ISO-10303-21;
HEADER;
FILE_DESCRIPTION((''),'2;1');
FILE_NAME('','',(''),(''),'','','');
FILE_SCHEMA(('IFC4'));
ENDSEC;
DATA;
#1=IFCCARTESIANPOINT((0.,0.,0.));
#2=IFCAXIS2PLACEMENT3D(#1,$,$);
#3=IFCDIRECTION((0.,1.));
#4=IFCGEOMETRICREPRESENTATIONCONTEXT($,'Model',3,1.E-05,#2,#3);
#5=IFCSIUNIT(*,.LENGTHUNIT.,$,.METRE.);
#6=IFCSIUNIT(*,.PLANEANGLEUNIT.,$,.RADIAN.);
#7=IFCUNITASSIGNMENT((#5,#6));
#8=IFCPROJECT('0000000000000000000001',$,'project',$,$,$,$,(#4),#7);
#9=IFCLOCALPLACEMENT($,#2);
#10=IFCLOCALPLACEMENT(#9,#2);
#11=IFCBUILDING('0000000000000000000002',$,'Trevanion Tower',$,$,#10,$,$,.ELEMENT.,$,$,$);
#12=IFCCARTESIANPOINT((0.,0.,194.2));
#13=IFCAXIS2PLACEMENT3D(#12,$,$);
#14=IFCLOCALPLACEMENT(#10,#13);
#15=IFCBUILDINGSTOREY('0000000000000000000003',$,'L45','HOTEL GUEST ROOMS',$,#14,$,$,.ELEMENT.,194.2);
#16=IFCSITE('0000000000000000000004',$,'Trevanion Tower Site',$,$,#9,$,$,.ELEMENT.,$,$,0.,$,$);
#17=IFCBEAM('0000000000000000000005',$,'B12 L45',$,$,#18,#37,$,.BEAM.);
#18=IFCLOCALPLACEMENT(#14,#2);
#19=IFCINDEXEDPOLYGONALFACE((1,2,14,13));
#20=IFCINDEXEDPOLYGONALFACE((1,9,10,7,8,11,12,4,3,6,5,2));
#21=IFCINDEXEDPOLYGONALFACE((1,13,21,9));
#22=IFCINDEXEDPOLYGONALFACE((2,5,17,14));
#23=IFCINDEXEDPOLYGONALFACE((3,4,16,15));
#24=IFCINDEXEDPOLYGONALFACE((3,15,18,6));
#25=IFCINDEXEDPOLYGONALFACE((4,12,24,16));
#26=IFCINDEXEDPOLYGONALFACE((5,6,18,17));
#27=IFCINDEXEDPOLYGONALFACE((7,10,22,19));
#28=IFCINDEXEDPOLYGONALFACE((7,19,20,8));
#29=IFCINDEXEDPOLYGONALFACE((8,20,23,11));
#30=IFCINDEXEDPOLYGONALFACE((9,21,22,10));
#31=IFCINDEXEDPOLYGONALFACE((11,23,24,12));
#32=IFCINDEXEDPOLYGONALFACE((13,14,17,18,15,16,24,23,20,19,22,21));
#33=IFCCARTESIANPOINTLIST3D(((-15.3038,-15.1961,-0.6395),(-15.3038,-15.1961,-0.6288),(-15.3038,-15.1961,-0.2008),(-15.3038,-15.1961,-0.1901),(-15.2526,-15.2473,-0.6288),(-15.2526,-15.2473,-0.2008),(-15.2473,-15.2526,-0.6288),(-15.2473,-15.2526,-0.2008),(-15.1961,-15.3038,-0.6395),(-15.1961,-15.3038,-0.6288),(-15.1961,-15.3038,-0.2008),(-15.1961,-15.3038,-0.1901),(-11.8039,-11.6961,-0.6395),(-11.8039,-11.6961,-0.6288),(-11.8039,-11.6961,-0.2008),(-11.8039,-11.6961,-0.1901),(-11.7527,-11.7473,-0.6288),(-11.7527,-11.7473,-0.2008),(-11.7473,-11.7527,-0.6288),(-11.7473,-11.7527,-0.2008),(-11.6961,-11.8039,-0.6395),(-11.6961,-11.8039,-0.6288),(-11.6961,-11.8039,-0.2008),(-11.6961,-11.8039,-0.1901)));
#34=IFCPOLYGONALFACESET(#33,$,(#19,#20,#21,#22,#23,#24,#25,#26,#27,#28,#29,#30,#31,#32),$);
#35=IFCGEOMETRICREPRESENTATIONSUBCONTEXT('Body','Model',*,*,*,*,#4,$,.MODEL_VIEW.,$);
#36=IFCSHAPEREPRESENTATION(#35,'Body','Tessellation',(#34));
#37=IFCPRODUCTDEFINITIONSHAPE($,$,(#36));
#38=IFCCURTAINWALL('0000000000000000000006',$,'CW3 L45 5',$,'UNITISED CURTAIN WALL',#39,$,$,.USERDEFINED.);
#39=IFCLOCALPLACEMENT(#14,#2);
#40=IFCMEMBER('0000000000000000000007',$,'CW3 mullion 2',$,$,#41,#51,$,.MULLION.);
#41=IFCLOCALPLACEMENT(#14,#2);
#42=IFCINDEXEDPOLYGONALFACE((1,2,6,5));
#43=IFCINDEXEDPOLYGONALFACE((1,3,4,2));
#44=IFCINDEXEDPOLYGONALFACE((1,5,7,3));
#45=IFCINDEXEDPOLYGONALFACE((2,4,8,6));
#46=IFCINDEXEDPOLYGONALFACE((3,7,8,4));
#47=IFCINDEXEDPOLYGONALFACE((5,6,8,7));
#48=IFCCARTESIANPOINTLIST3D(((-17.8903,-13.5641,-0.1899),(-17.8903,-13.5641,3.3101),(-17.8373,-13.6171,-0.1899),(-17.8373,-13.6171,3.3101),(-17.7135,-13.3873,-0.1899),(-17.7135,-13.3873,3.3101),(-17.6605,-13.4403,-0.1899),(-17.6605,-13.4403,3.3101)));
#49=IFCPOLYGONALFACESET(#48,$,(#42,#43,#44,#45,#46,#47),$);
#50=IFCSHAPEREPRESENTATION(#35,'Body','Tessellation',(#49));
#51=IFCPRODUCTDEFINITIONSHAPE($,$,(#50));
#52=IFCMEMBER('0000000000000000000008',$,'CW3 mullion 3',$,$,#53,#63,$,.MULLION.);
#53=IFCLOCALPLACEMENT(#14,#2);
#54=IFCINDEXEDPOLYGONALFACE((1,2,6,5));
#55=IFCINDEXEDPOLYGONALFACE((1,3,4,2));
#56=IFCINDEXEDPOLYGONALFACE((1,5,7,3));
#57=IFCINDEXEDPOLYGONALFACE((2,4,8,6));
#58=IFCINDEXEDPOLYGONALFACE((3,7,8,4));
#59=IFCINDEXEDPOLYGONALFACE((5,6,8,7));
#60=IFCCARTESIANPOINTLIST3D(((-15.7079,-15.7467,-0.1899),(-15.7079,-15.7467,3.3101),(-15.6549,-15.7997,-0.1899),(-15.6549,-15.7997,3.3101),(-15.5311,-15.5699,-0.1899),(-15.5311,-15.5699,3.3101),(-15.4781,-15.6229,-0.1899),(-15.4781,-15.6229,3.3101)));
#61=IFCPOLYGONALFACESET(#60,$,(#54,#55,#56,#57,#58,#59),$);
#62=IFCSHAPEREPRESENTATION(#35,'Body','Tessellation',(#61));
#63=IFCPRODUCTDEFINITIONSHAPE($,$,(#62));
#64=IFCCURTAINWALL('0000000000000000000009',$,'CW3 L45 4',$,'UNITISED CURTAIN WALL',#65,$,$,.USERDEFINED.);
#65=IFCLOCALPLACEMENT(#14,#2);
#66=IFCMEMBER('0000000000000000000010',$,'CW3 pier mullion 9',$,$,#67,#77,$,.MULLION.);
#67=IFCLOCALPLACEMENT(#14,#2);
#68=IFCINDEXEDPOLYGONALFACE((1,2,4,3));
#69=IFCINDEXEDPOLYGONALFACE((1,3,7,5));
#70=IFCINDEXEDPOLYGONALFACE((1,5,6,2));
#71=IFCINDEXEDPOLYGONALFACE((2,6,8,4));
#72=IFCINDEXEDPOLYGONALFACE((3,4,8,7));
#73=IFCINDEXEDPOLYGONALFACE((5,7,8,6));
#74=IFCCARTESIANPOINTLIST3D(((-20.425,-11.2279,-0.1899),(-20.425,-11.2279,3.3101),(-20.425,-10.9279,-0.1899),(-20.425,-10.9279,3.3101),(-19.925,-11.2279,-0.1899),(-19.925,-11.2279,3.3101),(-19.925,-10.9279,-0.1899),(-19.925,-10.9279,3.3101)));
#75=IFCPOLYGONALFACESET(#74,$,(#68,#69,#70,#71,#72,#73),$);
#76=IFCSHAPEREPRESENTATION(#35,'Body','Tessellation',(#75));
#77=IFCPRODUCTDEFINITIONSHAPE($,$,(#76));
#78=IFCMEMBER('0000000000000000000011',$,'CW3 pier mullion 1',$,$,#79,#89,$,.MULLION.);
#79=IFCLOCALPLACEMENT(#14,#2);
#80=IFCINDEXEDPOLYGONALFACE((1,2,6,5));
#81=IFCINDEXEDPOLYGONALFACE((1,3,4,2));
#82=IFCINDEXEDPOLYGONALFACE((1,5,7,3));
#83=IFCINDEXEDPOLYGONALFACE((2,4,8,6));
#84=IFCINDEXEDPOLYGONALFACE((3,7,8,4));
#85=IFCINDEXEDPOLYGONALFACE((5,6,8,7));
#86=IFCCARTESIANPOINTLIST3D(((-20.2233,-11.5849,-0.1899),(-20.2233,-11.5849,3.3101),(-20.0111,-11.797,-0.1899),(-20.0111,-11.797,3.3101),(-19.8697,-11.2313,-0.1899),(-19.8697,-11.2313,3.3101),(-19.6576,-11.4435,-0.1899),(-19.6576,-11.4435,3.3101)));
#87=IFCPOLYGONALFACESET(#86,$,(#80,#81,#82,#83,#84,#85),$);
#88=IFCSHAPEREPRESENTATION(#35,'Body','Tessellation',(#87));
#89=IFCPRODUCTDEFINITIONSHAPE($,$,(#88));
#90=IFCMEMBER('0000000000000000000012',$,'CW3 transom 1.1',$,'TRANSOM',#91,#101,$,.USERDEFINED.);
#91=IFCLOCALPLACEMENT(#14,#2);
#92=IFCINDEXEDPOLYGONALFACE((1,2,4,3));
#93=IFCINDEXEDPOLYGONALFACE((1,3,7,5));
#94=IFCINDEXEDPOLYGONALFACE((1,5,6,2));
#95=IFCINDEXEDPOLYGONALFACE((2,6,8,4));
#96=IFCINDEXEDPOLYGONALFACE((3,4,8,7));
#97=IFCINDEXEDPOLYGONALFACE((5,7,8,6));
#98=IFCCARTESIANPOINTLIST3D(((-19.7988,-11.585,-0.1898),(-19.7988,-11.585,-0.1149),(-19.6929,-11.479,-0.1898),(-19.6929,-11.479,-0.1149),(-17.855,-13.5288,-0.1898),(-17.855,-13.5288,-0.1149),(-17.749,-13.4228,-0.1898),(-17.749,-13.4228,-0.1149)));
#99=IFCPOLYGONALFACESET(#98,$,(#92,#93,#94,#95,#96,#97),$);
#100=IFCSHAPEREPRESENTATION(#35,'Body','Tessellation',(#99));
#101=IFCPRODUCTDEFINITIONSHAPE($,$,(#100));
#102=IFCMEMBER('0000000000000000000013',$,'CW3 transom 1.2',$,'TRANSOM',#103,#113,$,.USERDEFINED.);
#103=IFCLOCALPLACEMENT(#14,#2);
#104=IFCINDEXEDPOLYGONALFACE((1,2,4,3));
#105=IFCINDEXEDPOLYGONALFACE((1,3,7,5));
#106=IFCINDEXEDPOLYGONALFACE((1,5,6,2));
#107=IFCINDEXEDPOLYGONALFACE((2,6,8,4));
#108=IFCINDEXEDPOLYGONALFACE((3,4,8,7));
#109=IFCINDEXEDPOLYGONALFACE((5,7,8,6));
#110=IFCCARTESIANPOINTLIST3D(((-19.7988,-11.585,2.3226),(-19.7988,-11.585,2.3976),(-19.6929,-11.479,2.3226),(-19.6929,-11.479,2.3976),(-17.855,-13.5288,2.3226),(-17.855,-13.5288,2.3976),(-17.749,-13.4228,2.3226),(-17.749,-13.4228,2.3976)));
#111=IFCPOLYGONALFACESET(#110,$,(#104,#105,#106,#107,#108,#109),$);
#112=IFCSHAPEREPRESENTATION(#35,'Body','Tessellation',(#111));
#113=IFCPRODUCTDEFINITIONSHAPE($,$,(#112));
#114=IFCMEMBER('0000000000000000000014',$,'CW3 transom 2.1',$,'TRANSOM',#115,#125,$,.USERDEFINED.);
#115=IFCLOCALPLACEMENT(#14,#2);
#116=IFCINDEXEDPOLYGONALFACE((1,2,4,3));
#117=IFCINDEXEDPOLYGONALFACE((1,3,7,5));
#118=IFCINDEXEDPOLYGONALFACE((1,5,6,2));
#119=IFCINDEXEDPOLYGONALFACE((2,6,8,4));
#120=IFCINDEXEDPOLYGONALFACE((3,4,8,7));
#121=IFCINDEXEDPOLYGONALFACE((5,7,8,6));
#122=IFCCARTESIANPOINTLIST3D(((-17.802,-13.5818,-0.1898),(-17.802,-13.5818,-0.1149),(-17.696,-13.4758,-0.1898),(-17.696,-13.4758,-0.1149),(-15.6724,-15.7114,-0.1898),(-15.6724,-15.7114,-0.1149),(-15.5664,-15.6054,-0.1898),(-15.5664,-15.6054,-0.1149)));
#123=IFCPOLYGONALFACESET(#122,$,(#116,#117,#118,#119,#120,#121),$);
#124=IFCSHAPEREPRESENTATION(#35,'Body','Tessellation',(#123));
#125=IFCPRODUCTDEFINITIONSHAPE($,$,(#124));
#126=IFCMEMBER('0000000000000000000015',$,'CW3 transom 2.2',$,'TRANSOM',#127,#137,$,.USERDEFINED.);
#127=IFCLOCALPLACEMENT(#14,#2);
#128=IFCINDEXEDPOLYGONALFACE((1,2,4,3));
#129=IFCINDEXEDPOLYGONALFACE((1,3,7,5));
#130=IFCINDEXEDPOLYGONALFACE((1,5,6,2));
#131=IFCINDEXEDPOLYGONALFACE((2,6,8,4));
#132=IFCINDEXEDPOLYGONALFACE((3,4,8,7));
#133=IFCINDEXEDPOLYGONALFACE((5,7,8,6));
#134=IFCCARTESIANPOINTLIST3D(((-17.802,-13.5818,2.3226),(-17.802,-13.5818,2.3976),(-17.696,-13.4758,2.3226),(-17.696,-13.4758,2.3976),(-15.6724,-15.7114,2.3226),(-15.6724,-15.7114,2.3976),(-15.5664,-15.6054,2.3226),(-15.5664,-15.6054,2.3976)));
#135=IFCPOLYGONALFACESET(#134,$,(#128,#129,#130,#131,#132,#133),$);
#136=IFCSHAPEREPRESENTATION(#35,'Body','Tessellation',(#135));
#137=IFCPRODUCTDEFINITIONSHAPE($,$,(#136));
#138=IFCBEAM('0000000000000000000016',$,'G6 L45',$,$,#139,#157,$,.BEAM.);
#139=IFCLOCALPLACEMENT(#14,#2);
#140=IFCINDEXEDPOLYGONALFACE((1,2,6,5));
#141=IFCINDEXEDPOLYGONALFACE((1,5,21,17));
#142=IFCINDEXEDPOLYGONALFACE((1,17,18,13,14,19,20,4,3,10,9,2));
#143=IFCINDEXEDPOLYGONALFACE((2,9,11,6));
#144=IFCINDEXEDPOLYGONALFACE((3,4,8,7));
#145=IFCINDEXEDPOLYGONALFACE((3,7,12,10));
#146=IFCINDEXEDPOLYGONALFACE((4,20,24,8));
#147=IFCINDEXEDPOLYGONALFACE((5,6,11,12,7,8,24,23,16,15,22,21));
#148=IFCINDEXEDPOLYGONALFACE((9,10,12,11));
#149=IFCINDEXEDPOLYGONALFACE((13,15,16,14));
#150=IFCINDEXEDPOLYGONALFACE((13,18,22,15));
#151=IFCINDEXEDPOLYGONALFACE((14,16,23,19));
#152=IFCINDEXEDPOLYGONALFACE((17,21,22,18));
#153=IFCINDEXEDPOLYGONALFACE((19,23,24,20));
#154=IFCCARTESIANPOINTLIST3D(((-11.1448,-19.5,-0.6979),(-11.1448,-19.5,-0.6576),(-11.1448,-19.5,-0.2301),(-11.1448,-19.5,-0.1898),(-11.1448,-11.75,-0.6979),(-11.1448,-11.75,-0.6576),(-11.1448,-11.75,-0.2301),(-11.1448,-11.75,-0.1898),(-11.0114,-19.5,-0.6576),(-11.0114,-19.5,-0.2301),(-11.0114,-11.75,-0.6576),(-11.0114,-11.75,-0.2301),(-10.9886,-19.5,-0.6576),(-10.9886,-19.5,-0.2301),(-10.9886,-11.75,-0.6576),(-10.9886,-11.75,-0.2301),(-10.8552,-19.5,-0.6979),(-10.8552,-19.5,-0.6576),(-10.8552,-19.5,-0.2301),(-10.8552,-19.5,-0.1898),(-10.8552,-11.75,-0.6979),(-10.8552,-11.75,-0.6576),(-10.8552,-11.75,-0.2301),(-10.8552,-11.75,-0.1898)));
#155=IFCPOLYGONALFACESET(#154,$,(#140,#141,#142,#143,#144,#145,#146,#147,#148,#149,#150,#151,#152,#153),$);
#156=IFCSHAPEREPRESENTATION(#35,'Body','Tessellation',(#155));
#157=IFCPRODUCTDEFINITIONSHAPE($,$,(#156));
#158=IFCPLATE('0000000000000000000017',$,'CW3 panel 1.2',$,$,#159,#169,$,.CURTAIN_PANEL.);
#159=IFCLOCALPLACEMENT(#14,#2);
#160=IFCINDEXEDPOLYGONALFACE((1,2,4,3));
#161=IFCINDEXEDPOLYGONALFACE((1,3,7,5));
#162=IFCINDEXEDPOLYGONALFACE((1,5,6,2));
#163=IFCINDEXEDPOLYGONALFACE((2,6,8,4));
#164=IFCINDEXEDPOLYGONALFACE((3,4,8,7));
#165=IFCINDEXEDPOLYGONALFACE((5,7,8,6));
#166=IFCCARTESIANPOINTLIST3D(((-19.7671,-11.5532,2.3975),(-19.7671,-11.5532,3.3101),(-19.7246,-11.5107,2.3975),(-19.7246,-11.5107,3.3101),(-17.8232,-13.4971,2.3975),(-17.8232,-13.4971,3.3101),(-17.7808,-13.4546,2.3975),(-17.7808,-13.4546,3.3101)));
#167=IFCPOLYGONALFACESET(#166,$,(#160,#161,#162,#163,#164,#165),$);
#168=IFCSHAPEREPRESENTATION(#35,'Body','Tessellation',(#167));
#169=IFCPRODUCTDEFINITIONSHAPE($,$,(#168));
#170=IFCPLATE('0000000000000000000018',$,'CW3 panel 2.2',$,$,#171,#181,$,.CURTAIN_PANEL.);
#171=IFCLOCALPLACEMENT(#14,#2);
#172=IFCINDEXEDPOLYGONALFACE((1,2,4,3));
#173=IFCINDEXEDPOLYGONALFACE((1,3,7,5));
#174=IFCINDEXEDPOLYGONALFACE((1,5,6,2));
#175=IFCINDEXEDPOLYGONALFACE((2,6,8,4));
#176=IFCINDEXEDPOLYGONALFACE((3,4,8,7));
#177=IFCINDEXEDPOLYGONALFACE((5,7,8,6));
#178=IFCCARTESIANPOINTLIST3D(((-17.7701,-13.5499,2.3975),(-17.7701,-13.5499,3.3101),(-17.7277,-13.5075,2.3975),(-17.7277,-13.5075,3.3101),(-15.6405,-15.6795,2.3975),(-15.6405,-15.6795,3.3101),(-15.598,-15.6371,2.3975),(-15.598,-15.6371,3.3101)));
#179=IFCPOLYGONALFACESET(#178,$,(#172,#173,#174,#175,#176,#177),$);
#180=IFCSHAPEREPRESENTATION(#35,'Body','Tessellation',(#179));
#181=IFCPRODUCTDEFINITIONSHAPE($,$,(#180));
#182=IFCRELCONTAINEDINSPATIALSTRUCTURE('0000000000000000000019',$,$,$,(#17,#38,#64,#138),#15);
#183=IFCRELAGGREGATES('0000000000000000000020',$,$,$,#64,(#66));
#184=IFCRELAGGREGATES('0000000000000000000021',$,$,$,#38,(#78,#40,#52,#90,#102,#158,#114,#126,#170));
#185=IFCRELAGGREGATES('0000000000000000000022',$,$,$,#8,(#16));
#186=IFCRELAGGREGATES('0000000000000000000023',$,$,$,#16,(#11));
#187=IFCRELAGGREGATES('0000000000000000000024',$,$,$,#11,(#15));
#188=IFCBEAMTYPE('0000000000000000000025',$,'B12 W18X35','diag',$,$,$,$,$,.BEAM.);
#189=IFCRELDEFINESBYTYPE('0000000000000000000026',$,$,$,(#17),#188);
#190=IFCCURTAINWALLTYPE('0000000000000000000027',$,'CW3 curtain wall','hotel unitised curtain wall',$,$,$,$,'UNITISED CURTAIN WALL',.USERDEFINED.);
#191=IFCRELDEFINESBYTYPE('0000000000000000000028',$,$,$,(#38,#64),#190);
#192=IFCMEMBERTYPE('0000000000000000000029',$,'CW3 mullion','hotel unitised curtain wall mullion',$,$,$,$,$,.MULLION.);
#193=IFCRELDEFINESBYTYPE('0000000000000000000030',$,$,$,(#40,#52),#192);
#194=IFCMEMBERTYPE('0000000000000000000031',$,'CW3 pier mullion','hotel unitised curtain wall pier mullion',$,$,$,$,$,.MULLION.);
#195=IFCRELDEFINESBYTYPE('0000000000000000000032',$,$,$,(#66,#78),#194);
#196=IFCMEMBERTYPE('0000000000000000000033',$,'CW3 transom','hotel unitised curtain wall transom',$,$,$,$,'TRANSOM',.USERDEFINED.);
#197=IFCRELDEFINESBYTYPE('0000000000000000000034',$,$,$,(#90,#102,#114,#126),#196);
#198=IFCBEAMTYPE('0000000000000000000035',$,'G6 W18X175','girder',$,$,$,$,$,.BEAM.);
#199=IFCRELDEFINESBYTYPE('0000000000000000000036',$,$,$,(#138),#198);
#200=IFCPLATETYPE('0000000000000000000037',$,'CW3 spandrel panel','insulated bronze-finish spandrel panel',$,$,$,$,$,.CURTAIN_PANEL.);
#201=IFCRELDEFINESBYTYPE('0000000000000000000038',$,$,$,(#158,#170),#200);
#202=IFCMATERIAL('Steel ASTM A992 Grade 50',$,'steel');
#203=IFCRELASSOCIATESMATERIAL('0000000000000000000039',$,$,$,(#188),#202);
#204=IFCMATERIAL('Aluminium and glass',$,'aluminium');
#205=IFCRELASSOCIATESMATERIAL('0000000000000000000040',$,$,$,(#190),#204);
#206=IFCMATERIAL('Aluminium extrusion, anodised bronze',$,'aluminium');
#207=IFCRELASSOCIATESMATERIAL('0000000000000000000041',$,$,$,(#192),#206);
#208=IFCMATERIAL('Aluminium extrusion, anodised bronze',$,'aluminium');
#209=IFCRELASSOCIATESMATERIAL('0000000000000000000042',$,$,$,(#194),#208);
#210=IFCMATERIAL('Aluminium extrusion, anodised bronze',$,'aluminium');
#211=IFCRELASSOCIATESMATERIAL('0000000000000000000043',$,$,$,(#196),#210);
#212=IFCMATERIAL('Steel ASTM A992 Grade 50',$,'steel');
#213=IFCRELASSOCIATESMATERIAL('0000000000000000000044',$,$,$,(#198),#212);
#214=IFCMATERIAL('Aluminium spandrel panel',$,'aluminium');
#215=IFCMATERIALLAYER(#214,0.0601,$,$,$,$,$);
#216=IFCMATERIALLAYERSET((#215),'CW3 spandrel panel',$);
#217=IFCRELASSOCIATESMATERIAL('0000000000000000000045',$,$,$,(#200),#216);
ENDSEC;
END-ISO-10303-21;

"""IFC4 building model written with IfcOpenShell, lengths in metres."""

from ifc_helpers import new_model, si_unit, direction, frame, origin, origin_2d, place, context, subcontext, project, spatial, rectangle, i_section, extrude, material, layer, layer_set, material_profile, profile_set, type_object, element, aggregate, save


model = new_model("IFC4")

# Units and contexts
model_context = context("Model", 3, precision=1e-05, world=origin(), true_north=direction((0.0, 1.0)))
body_context = subcontext(model_context, "Body", "Model", "MODEL_VIEW")
ifc_project = project(units=[si_unit("LENGTHUNIT", "METRE"), si_unit("PLANEANGLEUNIT", "RADIAN")], contexts=[model_context])

# Site, building, storey
site_placement = place(None, origin())
site = spatial("IfcSite", under=ifc_project, at=site_placement, Name="Trevanion Tower Site", CompositionType="ELEMENT", RefElevation=0.0)
building_placement = place(site_placement, origin())
building = spatial("IfcBuilding", under=site, at=building_placement, Name="Trevanion Tower", CompositionType="ELEMENT")
storey_placement = place(building_placement, frame((0.0, 0.0, 194.2)))
storey = spatial("IfcBuildingStorey", under=building, at=storey_placement, Name="L45", Description="HOTEL GUEST ROOMS", CompositionType="ELEMENT", Elevation=194.2)

# Beam
ifc_material_1 = material(Name="Steel ASTM A992 Grade 50", Category="steel")
ifc_material_profile_1 = material_profile(ifc_material_1, i_section(OverallWidth=0.1523, OverallDepth=0.4495, WebThickness=0.0076, FlangeThickness=0.0107, at=origin_2d()), Name="W18X35")
ifc_profile_set_1 = profile_set([ifc_material_profile_1], Name="Steel ASTM A992 Grade 50")
beam_type_1 = type_object("IfcBeamType", Name="B12 W18X35", Description="diag", PredefinedType="BEAM", material=ifc_profile_set_1)
beam_1_placement = place(storey_placement, frame((-11.75, -11.75, -0.4148), z_axis=(-0.707107, -0.707107, 0.0), x_axis=(0.707107, -0.707107, 0.0)))
element("IfcBeam", 1, at=beam_1_placement, inside=storey, type_object=beam_type_1, Name="B12 L45", PredefinedType="BEAM", context=body_context, shape_type="SweptSolid", body=[
    extrude(i_section(OverallWidth=0.1523, OverallDepth=0.4495, WebThickness=0.0076, FlangeThickness=0.0107, at=origin_2d()), origin(), (0.0, 0.0, 1.0), 4.9497),
])

# Curtain wall, members
ifc_material_2 = material(Name="Aluminium and glass", Category="aluminium")
curtain_wall_type = type_object("IfcCurtainWallType", Name="CW3 curtain wall", Description="hotel unitised curtain wall", ElementType="UNITISED CURTAIN WALL", PredefinedType="USERDEFINED", material=ifc_material_2)
curtain_wall_1_placement = place(storey_placement, origin())
curtain_wall_1 = element("IfcCurtainWall", 2, at=curtain_wall_1_placement, inside=storey, type_object=curtain_wall_type, Name="CW3 L45 5", ObjectType="UNITISED CURTAIN WALL", PredefinedType="USERDEFINED")
ifc_material_3 = material(Name="Aluminium extrusion, anodised bronze", Category="aluminium")
ifc_material_profile_2 = material_profile(ifc_material_3, rectangle(XDim=0.075, YDim=0.25, at=origin_2d()), Name="CW3 mullion")
ifc_profile_set_2 = profile_set([ifc_material_profile_2], Name="Aluminium extrusion, anodised bronze")
member_type_1 = type_object("IfcMemberType", Name="CW3 mullion", Description="hotel unitised curtain wall mullion", PredefinedType="MULLION", material=ifc_profile_set_2)
member_1_placement = place(storey_placement, frame((-17.7754, -13.5022, -0.1899), z_axis=(0.0, 0.0, 1.0), x_axis=(0.707107, -0.707107, 0.0)))
member_1 = element("IfcMember", 3, at=member_1_placement, type_object=member_type_1, Name="CW3 mullion 2", PredefinedType="MULLION", context=body_context, shape_type="SweptSolid", body=[
    extrude(rectangle(XDim=0.075, YDim=0.25, at=origin_2d()), origin(), (0.0, 0.0, 1.0), 3.5),
])
member_2_placement = place(storey_placement, frame((-15.593, -15.6848, -0.1899), z_axis=(0.0, 0.0, 1.0), x_axis=(0.707107, -0.707107, 0.0)))
member_2 = element("IfcMember", 4, at=member_2_placement, type_object=member_type_1, Name="CW3 mullion 3", PredefinedType="MULLION", context=body_context, shape_type="SweptSolid", body=[
    extrude(rectangle(XDim=0.075, YDim=0.25, at=origin_2d()), origin(), (0.0, 0.0, 1.0), 3.5),
])

# Curtain wall, member
curtain_wall_2_placement = place(storey_placement, origin())
curtain_wall_2 = element("IfcCurtainWall", 5, at=curtain_wall_2_placement, inside=storey, type_object=curtain_wall_type, Name="CW3 L45 4", ObjectType="UNITISED CURTAIN WALL", PredefinedType="USERDEFINED")
ifc_material_4 = material(Name="Aluminium extrusion, anodised bronze", Category="aluminium")
ifc_material_profile_3 = material_profile(ifc_material_4, rectangle(XDim=0.3, YDim=0.5, at=origin_2d()), Name="CW3 pier mullion")
ifc_profile_set_3 = profile_set([ifc_material_profile_3], Name="Aluminium extrusion, anodised bronze")
member_type_2 = type_object("IfcMemberType", Name="CW3 pier mullion", Description="hotel unitised curtain wall pier mullion", PredefinedType="MULLION", material=ifc_profile_set_3)
member_3_placement = place(storey_placement, frame((-20.175, -11.0779, -0.1899), z_axis=(0.0, 0.0, 1.0), x_axis=(0.0, -1.0, 0.0)))
member_3 = element("IfcMember", 6, at=member_3_placement, type_object=member_type_2, Name="CW3 pier mullion 9", PredefinedType="MULLION", context=body_context, shape_type="SweptSolid", body=[
    extrude(rectangle(XDim=0.3, YDim=0.5, at=origin_2d()), origin(), (0.0, 0.0, 1.0), 3.5),
])
aggregate(curtain_wall_2, [member_3])

# Members
member_4_placement = place(storey_placement, frame((-19.9404, -11.5142, -0.1899), z_axis=(0.0, 0.0, 1.0), x_axis=(0.707107, -0.707107, 0.0)))
member_4 = element("IfcMember", 7, at=member_4_placement, type_object=member_type_2, Name="CW3 pier mullion 1", PredefinedType="MULLION", context=body_context, shape_type="SweptSolid", body=[
    extrude(rectangle(XDim=0.3, YDim=0.5, at=origin_2d()), origin(), (0.0, 0.0, 1.0), 3.5),
])
ifc_material_5 = material(Name="Aluminium extrusion, anodised bronze", Category="aluminium")
ifc_material_profile_4 = material_profile(ifc_material_5, rectangle(XDim=0.1499, YDim=0.075, at=origin_2d()), Name="CW3 transom")
ifc_profile_set_4 = profile_set([ifc_material_profile_4], Name="Aluminium extrusion, anodised bronze")
member_type_3 = type_object("IfcMemberType", Name="CW3 transom", Description="hotel unitised curtain wall transom", ElementType="TRANSOM", PredefinedType="USERDEFINED", material=ifc_profile_set_4)
member_5_placement = place(storey_placement, frame((-19.7458, -11.532, -0.1523), z_axis=(0.707107, -0.707107, 0.0), x_axis=(0.707107, 0.707107, 0.0)))
member_5 = element("IfcMember", 8, at=member_5_placement, type_object=member_type_3, Name="CW3 transom 1.1", ObjectType="TRANSOM", PredefinedType="USERDEFINED", context=body_context, shape_type="SweptSolid", body=[
    extrude(rectangle(XDim=0.1499, YDim=0.075, at=origin_2d()), origin(), (0.0, 0.0, 1.0), 2.749),
])
member_6_placement = place(storey_placement, frame((-19.7458, -11.532, 2.3601), z_axis=(0.707107, -0.707107, 0.0), x_axis=(0.707107, 0.707107, 0.0)))
member_6 = element("IfcMember", 9, at=member_6_placement, type_object=member_type_3, Name="CW3 transom 1.2", ObjectType="TRANSOM", PredefinedType="USERDEFINED", context=body_context, shape_type="SweptSolid", body=[
    extrude(rectangle(XDim=0.1499, YDim=0.075, at=origin_2d()), origin(), (0.0, 0.0, 1.0), 2.749),
])
member_7_placement = place(storey_placement, frame((-17.749, -13.5288, -0.1523), z_axis=(0.707107, -0.707107, 0.0), x_axis=(0.707107, 0.707107, 0.0)))
member_7 = element("IfcMember", 10, at=member_7_placement, type_object=member_type_3, Name="CW3 transom 2.1", ObjectType="TRANSOM", PredefinedType="USERDEFINED", context=body_context, shape_type="SweptSolid", body=[
    extrude(rectangle(XDim=0.1499, YDim=0.075, at=origin_2d()), origin(), (0.0, 0.0, 1.0), 3.0117),
])
member_8_placement = place(storey_placement, frame((-17.749, -13.5288, 2.3601), z_axis=(0.707107, -0.707107, 0.0), x_axis=(0.707107, 0.707107, 0.0)))
member_8 = element("IfcMember", 11, at=member_8_placement, type_object=member_type_3, Name="CW3 transom 2.2", ObjectType="TRANSOM", PredefinedType="USERDEFINED", context=body_context, shape_type="SweptSolid", body=[
    extrude(rectangle(XDim=0.1499, YDim=0.075, at=origin_2d()), origin(), (0.0, 0.0, 1.0), 3.0117),
])

# Beam
ifc_material_6 = material(Name="Steel ASTM A992 Grade 50", Category="steel")
ifc_material_profile_5 = material_profile(ifc_material_6, i_section(OverallWidth=0.2896, OverallDepth=0.5081, WebThickness=0.0227, FlangeThickness=0.0403, at=origin_2d()), Name="W18X175")
ifc_profile_set_5 = profile_set([ifc_material_profile_5], Name="Steel ASTM A992 Grade 50")
beam_type_2 = type_object("IfcBeamType", Name="G6 W18X175", Description="girder", PredefinedType="BEAM", material=ifc_profile_set_5)
beam_2_placement = place(storey_placement, frame((-11.0, -11.75, -0.4438), z_axis=(0.0, -1.0, 0.0), x_axis=(1.0, 0.0, 0.0)))
element("IfcBeam", 12, at=beam_2_placement, inside=storey, type_object=beam_type_2, Name="G6 L45", PredefinedType="BEAM", context=body_context, shape_type="SweptSolid", body=[
    extrude(i_section(OverallWidth=0.2896, OverallDepth=0.5081, WebThickness=0.0227, FlangeThickness=0.0403, at=origin_2d()), origin(), (0.0, 0.0, 1.0), 7.75),
])

# Plates
ifc_material_7 = material(Name="Aluminium spandrel panel", Category="aluminium")
ifc_layer_1 = layer(ifc_material_7, 0.0601)
ifc_layer_set_1 = layer_set([ifc_layer_1], Name="CW3 spandrel panel")
plate_type_1 = type_object("IfcPlateType", Name="CW3 spandrel panel", Description="insulated bronze-finish spandrel panel", PredefinedType="CURTAIN_PANEL", material=ifc_layer_set_1)
plate_1_placement = place(storey_placement, frame((-18.7739, -12.5039, 2.3975), z_axis=(0.0, 0.0, 1.0), x_axis=(0.707107, -0.707107, 0.0)))
plate_1 = element("IfcPlate", 13, at=plate_1_placement, type_object=plate_type_1, Name="CW3 panel 1.2", PredefinedType="CURTAIN_PANEL", context=body_context, shape_type="SweptSolid", body=[
    extrude(rectangle(XDim=2.749, YDim=0.0601, at=origin_2d()), origin(), (0.0, 0.0, 1.0), 0.9126),
])
plate_2_placement = place(storey_placement, frame((-16.6841, -14.5935, 2.3975), z_axis=(0.0, 0.0, 1.0), x_axis=(0.707107, -0.707107, 0.0)))
plate_2 = element("IfcPlate", 14, at=plate_2_placement, type_object=plate_type_1, Name="CW3 panel 2.2", PredefinedType="CURTAIN_PANEL", context=body_context, shape_type="SweptSolid", body=[
    extrude(rectangle(XDim=3.0117, YDim=0.0601, at=origin_2d()), origin(), (0.0, 0.0, 1.0), 0.9126),
])
aggregate(curtain_wall_1, [member_4, member_1, member_2, member_5, member_6, plate_1, member_7, member_8, plate_2])

save(model, "model.ifc")
